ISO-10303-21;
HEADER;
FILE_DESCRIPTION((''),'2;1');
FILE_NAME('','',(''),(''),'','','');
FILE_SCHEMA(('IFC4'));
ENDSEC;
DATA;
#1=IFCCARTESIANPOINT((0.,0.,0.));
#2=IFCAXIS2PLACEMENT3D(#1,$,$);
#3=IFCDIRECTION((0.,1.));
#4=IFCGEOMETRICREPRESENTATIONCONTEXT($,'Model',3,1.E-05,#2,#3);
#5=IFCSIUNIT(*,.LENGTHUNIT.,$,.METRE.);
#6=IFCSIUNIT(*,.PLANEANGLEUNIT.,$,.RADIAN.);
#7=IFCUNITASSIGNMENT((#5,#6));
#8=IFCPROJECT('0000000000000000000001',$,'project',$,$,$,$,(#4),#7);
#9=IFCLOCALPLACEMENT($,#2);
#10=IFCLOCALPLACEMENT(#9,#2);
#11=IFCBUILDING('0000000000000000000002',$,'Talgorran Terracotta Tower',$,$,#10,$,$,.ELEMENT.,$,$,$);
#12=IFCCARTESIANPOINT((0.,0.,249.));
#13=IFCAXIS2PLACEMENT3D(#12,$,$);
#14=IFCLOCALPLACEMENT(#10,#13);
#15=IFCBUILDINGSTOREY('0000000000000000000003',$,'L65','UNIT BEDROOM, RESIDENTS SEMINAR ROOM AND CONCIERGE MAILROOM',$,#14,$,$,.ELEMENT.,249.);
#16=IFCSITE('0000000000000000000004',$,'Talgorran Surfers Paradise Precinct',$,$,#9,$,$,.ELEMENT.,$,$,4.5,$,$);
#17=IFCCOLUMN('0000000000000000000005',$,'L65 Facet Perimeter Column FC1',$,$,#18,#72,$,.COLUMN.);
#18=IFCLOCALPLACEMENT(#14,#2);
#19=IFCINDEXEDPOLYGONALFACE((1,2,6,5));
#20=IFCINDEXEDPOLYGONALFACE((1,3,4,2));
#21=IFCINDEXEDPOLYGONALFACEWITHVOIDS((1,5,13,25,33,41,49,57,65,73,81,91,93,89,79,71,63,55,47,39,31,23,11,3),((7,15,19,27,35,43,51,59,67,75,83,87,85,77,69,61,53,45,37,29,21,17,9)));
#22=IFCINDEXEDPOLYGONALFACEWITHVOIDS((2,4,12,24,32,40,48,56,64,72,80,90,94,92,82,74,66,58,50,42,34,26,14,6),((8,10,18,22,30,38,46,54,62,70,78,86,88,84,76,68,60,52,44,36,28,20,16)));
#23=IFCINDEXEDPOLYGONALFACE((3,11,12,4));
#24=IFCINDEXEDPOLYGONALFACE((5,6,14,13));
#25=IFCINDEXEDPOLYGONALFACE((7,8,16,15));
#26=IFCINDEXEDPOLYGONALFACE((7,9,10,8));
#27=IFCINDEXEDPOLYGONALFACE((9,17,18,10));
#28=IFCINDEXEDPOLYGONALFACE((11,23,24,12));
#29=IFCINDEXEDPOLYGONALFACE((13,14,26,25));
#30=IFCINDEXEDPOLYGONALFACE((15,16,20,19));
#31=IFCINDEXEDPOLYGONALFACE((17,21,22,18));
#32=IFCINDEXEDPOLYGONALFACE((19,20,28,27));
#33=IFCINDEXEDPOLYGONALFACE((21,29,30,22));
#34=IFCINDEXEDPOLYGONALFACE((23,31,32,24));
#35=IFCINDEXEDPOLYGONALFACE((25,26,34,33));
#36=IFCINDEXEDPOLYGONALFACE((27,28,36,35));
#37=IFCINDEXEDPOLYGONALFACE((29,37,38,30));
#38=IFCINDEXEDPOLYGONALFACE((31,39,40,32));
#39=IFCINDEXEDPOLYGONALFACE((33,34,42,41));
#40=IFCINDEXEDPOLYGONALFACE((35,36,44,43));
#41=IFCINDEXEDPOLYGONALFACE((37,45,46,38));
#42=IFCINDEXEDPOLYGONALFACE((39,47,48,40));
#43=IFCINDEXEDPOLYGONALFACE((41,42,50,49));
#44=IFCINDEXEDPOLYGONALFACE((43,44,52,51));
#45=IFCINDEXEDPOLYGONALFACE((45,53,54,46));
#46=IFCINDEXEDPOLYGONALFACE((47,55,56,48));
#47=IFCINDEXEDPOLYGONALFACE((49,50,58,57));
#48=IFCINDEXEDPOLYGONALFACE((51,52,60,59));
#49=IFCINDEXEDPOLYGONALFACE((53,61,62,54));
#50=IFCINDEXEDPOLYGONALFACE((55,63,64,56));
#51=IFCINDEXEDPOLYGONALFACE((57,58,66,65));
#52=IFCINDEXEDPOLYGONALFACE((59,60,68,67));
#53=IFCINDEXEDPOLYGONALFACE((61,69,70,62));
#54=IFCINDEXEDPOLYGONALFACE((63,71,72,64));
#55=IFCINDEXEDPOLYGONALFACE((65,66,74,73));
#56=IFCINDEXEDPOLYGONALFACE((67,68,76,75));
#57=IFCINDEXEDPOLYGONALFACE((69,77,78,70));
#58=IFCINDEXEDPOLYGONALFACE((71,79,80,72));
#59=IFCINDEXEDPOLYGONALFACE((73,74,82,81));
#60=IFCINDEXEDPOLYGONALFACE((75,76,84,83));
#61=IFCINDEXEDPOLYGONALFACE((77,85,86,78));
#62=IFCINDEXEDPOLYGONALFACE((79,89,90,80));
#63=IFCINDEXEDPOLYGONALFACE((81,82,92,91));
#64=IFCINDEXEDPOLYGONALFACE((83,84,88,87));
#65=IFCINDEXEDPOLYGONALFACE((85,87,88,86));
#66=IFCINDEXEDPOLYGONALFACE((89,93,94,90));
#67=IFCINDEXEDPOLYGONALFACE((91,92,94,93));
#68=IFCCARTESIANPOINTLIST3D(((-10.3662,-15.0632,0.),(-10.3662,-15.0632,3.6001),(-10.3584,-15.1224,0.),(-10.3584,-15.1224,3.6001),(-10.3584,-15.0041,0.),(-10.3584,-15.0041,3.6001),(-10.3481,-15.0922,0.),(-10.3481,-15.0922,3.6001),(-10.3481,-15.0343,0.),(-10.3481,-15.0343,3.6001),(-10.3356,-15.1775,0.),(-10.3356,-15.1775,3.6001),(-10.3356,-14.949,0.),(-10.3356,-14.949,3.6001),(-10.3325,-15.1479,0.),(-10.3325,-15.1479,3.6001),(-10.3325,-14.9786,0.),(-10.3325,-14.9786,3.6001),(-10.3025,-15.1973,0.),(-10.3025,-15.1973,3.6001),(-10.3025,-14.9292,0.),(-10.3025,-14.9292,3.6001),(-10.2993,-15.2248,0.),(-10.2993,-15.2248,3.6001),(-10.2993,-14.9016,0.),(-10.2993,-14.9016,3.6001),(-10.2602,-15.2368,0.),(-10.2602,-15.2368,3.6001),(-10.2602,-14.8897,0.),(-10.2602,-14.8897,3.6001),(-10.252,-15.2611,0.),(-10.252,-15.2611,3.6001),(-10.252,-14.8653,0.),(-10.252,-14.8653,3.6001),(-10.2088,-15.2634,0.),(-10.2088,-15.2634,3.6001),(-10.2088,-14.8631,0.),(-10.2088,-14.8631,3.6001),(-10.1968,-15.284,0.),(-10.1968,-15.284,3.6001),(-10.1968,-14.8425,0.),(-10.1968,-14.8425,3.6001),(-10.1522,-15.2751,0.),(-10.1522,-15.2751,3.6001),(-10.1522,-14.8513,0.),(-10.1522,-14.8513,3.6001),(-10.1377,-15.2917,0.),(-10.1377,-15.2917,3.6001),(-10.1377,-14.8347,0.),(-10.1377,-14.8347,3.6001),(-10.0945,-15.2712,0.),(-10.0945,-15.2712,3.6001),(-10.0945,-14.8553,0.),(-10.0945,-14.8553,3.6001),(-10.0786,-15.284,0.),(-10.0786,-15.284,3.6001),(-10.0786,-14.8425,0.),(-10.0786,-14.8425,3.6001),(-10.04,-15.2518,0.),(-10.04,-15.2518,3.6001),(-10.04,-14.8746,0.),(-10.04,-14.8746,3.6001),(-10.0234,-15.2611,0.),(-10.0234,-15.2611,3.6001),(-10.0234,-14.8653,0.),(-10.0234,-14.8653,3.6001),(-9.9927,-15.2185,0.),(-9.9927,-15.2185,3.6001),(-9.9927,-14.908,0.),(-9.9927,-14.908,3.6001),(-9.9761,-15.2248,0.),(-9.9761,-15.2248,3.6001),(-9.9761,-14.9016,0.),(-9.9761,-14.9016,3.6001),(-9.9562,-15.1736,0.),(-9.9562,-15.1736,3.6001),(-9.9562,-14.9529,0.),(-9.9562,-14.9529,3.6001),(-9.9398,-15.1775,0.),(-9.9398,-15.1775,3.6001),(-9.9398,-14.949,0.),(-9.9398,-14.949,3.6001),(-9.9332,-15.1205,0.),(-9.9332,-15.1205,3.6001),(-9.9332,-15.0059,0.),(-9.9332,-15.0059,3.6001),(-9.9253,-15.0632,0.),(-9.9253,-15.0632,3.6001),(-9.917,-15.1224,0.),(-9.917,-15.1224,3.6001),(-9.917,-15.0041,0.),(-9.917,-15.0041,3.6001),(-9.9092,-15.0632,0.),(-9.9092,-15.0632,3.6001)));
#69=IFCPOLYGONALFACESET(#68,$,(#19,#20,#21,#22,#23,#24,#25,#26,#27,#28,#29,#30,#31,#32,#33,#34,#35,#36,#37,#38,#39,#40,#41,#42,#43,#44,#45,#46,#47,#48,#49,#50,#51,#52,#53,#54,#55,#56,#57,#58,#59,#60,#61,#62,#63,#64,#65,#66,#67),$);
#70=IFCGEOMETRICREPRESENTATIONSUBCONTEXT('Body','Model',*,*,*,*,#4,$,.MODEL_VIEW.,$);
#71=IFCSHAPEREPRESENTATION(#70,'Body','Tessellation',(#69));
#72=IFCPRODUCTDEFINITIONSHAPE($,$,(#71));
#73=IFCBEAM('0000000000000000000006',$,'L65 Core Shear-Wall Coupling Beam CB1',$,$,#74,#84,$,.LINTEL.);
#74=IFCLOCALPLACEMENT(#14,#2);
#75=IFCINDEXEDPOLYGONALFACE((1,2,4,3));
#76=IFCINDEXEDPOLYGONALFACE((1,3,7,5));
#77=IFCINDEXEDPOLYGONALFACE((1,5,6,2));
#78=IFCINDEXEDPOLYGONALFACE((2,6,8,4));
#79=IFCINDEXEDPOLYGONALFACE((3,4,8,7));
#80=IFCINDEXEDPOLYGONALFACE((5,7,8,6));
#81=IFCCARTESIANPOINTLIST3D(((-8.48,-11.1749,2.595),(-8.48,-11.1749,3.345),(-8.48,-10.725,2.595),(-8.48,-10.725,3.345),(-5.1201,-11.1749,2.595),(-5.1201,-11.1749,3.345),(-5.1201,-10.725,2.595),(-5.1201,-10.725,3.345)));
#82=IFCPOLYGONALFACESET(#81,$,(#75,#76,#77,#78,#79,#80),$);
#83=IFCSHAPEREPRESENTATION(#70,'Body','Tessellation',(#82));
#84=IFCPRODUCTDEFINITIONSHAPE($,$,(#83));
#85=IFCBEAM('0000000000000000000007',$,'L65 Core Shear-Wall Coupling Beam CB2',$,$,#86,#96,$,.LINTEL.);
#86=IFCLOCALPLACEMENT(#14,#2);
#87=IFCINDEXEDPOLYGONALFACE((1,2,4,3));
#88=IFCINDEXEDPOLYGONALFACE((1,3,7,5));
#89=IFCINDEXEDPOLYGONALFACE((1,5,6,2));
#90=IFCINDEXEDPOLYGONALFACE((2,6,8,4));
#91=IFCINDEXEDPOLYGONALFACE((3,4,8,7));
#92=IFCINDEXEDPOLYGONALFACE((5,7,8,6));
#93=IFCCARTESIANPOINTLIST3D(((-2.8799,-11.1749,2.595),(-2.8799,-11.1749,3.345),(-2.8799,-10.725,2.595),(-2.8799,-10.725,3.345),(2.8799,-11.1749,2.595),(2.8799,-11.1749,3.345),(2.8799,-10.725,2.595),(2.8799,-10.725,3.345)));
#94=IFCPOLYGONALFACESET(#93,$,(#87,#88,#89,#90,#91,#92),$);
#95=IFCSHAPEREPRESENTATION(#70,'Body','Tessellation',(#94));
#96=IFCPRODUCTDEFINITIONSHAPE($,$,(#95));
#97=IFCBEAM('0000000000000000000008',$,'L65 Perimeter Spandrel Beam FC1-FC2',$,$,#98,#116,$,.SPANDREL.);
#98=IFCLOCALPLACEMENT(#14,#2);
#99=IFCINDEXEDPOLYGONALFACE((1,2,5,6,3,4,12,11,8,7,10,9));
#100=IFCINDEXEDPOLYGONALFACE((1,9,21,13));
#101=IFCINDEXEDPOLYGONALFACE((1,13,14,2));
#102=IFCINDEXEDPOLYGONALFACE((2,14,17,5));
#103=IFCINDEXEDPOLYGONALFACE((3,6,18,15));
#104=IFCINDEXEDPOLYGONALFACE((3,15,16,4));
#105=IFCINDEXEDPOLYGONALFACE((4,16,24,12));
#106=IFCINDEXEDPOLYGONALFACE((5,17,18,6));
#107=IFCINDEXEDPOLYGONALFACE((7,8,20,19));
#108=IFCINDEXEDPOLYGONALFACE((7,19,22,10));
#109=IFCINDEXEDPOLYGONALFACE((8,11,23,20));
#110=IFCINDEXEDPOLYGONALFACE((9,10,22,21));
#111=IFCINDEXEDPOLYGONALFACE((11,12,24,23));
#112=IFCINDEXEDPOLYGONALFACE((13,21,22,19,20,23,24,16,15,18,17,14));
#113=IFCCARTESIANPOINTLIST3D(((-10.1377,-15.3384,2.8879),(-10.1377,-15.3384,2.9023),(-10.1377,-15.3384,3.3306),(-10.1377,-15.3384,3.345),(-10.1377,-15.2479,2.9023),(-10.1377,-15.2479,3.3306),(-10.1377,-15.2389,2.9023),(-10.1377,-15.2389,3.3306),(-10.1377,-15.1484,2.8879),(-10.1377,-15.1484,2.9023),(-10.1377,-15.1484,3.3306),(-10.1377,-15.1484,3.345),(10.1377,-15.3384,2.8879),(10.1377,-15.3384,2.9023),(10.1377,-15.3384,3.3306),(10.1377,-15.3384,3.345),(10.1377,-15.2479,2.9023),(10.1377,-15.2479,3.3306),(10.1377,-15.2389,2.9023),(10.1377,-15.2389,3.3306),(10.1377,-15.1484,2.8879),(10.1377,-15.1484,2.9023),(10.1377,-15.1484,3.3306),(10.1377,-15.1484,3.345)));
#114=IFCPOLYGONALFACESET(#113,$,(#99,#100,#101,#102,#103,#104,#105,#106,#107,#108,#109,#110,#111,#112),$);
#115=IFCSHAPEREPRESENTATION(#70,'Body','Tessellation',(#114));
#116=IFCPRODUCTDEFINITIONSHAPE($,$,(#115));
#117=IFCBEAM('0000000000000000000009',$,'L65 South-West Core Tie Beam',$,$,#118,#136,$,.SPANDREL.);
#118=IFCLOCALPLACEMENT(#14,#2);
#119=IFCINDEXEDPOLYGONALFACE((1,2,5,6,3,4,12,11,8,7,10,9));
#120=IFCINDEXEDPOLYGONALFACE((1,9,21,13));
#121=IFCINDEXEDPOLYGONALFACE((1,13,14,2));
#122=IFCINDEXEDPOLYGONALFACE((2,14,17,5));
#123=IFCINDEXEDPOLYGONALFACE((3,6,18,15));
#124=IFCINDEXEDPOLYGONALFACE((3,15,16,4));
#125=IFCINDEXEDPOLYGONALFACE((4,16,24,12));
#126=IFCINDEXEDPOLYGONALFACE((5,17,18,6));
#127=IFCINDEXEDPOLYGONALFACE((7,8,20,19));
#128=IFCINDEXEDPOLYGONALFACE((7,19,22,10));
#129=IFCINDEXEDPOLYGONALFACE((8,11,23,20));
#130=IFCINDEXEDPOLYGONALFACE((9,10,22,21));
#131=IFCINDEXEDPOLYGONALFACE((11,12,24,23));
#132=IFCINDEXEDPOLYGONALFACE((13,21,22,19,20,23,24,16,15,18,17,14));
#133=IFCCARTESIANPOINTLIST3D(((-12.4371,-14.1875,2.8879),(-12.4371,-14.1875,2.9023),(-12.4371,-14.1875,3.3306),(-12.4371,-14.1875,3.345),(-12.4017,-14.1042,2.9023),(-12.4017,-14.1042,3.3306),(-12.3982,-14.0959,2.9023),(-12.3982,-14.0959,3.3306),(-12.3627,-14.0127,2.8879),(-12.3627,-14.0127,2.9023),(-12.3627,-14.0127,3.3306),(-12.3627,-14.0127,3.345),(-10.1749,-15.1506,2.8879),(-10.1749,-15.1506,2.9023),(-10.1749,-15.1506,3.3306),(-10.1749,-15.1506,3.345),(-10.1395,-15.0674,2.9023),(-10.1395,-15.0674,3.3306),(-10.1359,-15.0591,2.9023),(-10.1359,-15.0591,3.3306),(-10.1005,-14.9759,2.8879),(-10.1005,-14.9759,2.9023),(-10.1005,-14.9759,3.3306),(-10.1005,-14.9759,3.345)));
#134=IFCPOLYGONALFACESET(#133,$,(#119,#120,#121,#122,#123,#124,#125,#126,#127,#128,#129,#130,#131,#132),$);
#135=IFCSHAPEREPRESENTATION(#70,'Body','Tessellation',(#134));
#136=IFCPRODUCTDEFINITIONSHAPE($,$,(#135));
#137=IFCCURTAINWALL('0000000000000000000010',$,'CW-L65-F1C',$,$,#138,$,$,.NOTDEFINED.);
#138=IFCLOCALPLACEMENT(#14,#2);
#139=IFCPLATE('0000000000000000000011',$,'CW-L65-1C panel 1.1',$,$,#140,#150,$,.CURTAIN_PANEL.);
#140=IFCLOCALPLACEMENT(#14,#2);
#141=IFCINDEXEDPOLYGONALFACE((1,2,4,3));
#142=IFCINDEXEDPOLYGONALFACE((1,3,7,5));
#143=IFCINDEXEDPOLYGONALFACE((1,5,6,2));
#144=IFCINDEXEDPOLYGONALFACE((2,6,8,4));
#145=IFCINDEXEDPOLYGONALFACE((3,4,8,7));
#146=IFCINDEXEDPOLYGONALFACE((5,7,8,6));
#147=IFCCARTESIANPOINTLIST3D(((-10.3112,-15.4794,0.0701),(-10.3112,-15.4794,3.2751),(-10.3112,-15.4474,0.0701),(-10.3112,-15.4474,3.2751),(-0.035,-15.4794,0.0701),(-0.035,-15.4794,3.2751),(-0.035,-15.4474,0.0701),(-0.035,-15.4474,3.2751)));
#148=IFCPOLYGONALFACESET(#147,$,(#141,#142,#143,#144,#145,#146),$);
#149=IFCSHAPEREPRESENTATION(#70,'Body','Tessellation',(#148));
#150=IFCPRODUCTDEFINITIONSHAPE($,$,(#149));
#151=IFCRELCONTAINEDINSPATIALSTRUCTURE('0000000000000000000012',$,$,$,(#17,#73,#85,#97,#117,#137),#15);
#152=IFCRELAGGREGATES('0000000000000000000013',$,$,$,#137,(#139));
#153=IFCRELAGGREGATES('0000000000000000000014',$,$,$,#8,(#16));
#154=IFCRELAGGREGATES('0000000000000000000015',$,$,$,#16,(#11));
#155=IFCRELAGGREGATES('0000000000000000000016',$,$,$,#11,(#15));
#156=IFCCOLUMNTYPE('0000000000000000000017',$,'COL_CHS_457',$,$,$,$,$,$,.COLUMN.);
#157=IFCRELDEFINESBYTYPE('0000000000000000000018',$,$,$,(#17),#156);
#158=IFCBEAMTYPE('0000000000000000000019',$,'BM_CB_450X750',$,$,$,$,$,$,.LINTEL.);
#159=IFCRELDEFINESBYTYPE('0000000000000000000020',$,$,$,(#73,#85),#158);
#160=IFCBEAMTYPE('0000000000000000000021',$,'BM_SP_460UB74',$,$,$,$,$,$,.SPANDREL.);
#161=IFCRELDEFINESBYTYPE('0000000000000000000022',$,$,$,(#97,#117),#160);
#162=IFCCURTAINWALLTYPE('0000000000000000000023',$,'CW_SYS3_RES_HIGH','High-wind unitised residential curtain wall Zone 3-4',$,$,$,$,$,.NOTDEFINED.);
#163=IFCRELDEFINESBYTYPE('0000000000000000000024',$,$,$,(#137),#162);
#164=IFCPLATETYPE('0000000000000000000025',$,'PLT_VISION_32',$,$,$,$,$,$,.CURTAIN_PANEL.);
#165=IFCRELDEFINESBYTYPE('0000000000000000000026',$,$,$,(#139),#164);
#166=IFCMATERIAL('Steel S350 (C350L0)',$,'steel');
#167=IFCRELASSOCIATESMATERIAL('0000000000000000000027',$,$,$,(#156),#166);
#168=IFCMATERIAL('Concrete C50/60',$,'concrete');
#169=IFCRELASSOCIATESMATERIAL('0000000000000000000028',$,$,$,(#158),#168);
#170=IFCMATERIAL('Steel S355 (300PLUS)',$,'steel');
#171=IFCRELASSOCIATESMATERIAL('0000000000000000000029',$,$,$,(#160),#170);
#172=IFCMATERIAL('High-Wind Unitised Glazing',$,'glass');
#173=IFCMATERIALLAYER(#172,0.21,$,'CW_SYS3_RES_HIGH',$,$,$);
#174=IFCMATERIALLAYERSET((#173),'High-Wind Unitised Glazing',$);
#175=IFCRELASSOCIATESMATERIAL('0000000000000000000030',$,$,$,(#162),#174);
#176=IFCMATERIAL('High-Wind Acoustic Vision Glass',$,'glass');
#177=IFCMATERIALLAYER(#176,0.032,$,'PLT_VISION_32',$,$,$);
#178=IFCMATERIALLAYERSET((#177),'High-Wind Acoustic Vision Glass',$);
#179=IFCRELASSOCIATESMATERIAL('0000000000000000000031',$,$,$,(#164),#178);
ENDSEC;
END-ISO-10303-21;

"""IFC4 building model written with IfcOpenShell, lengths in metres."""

from ifc_helpers import new_model, si_unit, direction, frame, origin, origin_2d, place, context, subcontext, project, spatial, rectangle, hollow_circle, i_section, extrude, source, transform, mapped, material, layer, layer_set, material_profile, profile_set, type_object, type_shapes, element, aggregate, save


model = new_model("IFC4")

# Units and contexts
model_context = context("Model", 3, precision=1e-05, world=origin(), true_north=direction((0.0, 1.0)))
body_context = subcontext(model_context, "Body", "Model", "MODEL_VIEW")
ifc_project = project(units=[si_unit("LENGTHUNIT", "METRE"), si_unit("PLANEANGLEUNIT", "RADIAN")], contexts=[model_context])

# Site, building, storey
site_placement = place(None, origin())
site = spatial("IfcSite", under=ifc_project, at=site_placement, Name="Talgorran Surfers Paradise Precinct", CompositionType="ELEMENT", RefElevation=4.5)
building_placement = place(site_placement, origin())
building = spatial("IfcBuilding", under=site, at=building_placement, Name="Talgorran Terracotta Tower", CompositionType="ELEMENT")
storey_placement = place(building_placement, frame((0.0, 0.0, 249.0)))
storey = spatial("IfcBuildingStorey", under=building, at=storey_placement, Name="L65", Description="UNIT BEDROOM, RESIDENTS SEMINAR ROOM AND CONCIERGE MAILROOM", CompositionType="ELEMENT", Elevation=249.0)

# Column
ifc_material_1 = material(Name="Steel S350 (C350L0)", Category="steel")
ifc_material_profile_1 = material_profile(ifc_material_1, hollow_circle(Radius=0.2285, WallThickness=0.0161, at=origin_2d()), Name="CHS457X16")
ifc_profile_set_1 = profile_set([ifc_material_profile_1], Name="Steel S350 (C350L0)")
column_type = type_object("IfcColumnType", Name="COL_CHS_457", PredefinedType="COLUMN", material=ifc_profile_set_1)
column_placement = place(storey_placement, frame((-10.1377, -15.0632, 0.0), z_axis=(0.0, 0.0, 1.0), x_axis=(1.0, 0.0, 0.0)))
element("IfcColumn", 1, at=column_placement, inside=storey, type_object=column_type, Name="L65 Facet Perimeter Column FC1", PredefinedType="COLUMN", context=body_context, shape_type="SweptSolid", body=[
    extrude(hollow_circle(Radius=0.2285, WallThickness=0.0161, at=origin_2d()), origin(), (0.0, 0.0, 1.0), 3.6001),
])

# Beams
ifc_material_2 = material(Name="Concrete C50/60", Category="concrete")
ifc_material_profile_2 = material_profile(ifc_material_2, rectangle(XDim=0.45, YDim=0.75, at=origin_2d()), Name="RCCB450X750")
ifc_profile_set_2 = profile_set([ifc_material_profile_2], Name="Concrete C50/60")
beam_type_1 = type_object("IfcBeamType", Name="BM_CB_450X750", PredefinedType="LINTEL", material=ifc_profile_set_2)
beam_1_placement = place(storey_placement, frame((-8.48, -10.95, 2.97), z_axis=(1.0, 0.0, 0.0), x_axis=(0.0, 1.0, 0.0)))
element("IfcBeam", 2, at=beam_1_placement, inside=storey, type_object=beam_type_1, Name="L65 Core Shear-Wall Coupling Beam CB1", PredefinedType="LINTEL", context=body_context, shape_type="SweptSolid", body=[
    extrude(rectangle(XDim=0.45, YDim=0.75, at=origin_2d()), origin(), (0.0, 0.0, 1.0), 3.3599),
])
beam_2_placement = place(storey_placement, frame((-2.8799, -10.95, 2.97), z_axis=(1.0, 0.0, 0.0), x_axis=(0.0, 1.0, 0.0)))
element("IfcBeam", 3, at=beam_2_placement, inside=storey, type_object=beam_type_1, Name="L65 Core Shear-Wall Coupling Beam CB2", PredefinedType="LINTEL", context=body_context, shape_type="SweptSolid", body=[
    extrude(rectangle(XDim=0.45, YDim=0.75, at=origin_2d()), origin(), (0.0, 0.0, 1.0), 5.7598),
])
ifc_material_3 = material(Name="Steel S355 (300PLUS)", Category="steel")
ifc_material_profile_3 = material_profile(ifc_material_3, i_section(OverallWidth=0.1899, OverallDepth=0.457, WebThickness=0.009, FlangeThickness=0.0144, at=origin_2d()), Name="460UB74.6")
ifc_profile_set_3 = profile_set([ifc_material_profile_3], Name="Steel S355 (300PLUS)")
beam_type_2 = type_object("IfcBeamType", Name="BM_SP_460UB74", PredefinedType="SPANDREL", material=ifc_profile_set_3)
beam_3_placement = place(storey_placement, frame((-10.1377, -15.2434, 3.1165), z_axis=(1.0, 0.0, 0.0), x_axis=(0.0, 1.0, 0.0)))
element("IfcBeam", 4, at=beam_3_placement, inside=storey, type_object=beam_type_2, Name="L65 Perimeter Spandrel Beam FC1-FC2", PredefinedType="SPANDREL", context=body_context, shape_type="SweptSolid", body=[
    extrude(i_section(OverallWidth=0.1899, OverallDepth=0.457, WebThickness=0.009, FlangeThickness=0.0144, at=origin_2d()), origin(), (0.0, 0.0, 1.0), 20.2754),
])
beam_4_placement = place(storey_placement, frame((-10.1377, -15.0632, 3.1165), z_axis=(-0.920082, 0.391725, 0.0), x_axis=(-0.391725, -0.920082, 0.0)))
element("IfcBeam", 5, at=beam_4_placement, inside=storey, type_object=beam_type_2, Name="L65 South-West Core Tie Beam", PredefinedType="SPANDREL", context=body_context, shape_type="SweptSolid", body=[
    extrude(i_section(OverallWidth=0.1899, OverallDepth=0.457, WebThickness=0.009, FlangeThickness=0.0144, at=origin_2d()), origin(), (0.0, 0.0, 1.0), 2.4587),
])

# Curtain wall, plate
ifc_material_4 = material(Name="High-Wind Unitised Glazing", Category="glass")
ifc_layer_1 = layer(ifc_material_4, 0.21, Name="CW_SYS3_RES_HIGH")
ifc_layer_set_1 = layer_set([ifc_layer_1], Name="High-Wind Unitised Glazing")
curtain_wall_type = type_object("IfcCurtainWallType", Name="CW_SYS3_RES_HIGH", Description="High-wind unitised residential curtain wall Zone 3-4", PredefinedType="NOTDEFINED", material=ifc_layer_set_1)
curtain_wall_placement = place(storey_placement, origin())
curtain_wall = element("IfcCurtainWall", 6, at=curtain_wall_placement, inside=storey, type_object=curtain_wall_type, Name="CW-L65-F1C", PredefinedType="NOTDEFINED")
ifc_material_5 = material(Name="High-Wind Acoustic Vision Glass", Category="glass")
ifc_layer_2 = layer(ifc_material_5, 0.032, Name="PLT_VISION_32")
ifc_layer_set_2 = layer_set([ifc_layer_2], Name="High-Wind Acoustic Vision Glass")
plate_type = type_object("IfcPlateType", Name="PLT_VISION_32", PredefinedType="CURTAIN_PANEL", material=ifc_layer_set_2)
shared_shape = source(origin(), body_context, "Body", "SweptSolid", [
    extrude(rectangle(XDim=10.2761, YDim=0.032, at=origin_2d()), origin(), (0.0, 0.0, 1.0), 3.2051),
])
type_shapes(plate_type, [shared_shape])
plate_placement = place(storey_placement, frame((-5.1731, -15.4634, 0.0701), z_axis=(0.0, 0.0, 1.0), x_axis=(1.0, 0.0, 0.0)))
plate = element("IfcPlate", 7, at=plate_placement, type_object=plate_type, Name="CW-L65-1C panel 1.1", PredefinedType="CURTAIN_PANEL", context=body_context, shape_type="MappedRepresentation", body=[
    mapped(shared_shape, transform((0.0, 0.0, 0.0), scale=1.0)),
])
aggregate(curtain_wall, [plate])

save(model, "model.ifc")
